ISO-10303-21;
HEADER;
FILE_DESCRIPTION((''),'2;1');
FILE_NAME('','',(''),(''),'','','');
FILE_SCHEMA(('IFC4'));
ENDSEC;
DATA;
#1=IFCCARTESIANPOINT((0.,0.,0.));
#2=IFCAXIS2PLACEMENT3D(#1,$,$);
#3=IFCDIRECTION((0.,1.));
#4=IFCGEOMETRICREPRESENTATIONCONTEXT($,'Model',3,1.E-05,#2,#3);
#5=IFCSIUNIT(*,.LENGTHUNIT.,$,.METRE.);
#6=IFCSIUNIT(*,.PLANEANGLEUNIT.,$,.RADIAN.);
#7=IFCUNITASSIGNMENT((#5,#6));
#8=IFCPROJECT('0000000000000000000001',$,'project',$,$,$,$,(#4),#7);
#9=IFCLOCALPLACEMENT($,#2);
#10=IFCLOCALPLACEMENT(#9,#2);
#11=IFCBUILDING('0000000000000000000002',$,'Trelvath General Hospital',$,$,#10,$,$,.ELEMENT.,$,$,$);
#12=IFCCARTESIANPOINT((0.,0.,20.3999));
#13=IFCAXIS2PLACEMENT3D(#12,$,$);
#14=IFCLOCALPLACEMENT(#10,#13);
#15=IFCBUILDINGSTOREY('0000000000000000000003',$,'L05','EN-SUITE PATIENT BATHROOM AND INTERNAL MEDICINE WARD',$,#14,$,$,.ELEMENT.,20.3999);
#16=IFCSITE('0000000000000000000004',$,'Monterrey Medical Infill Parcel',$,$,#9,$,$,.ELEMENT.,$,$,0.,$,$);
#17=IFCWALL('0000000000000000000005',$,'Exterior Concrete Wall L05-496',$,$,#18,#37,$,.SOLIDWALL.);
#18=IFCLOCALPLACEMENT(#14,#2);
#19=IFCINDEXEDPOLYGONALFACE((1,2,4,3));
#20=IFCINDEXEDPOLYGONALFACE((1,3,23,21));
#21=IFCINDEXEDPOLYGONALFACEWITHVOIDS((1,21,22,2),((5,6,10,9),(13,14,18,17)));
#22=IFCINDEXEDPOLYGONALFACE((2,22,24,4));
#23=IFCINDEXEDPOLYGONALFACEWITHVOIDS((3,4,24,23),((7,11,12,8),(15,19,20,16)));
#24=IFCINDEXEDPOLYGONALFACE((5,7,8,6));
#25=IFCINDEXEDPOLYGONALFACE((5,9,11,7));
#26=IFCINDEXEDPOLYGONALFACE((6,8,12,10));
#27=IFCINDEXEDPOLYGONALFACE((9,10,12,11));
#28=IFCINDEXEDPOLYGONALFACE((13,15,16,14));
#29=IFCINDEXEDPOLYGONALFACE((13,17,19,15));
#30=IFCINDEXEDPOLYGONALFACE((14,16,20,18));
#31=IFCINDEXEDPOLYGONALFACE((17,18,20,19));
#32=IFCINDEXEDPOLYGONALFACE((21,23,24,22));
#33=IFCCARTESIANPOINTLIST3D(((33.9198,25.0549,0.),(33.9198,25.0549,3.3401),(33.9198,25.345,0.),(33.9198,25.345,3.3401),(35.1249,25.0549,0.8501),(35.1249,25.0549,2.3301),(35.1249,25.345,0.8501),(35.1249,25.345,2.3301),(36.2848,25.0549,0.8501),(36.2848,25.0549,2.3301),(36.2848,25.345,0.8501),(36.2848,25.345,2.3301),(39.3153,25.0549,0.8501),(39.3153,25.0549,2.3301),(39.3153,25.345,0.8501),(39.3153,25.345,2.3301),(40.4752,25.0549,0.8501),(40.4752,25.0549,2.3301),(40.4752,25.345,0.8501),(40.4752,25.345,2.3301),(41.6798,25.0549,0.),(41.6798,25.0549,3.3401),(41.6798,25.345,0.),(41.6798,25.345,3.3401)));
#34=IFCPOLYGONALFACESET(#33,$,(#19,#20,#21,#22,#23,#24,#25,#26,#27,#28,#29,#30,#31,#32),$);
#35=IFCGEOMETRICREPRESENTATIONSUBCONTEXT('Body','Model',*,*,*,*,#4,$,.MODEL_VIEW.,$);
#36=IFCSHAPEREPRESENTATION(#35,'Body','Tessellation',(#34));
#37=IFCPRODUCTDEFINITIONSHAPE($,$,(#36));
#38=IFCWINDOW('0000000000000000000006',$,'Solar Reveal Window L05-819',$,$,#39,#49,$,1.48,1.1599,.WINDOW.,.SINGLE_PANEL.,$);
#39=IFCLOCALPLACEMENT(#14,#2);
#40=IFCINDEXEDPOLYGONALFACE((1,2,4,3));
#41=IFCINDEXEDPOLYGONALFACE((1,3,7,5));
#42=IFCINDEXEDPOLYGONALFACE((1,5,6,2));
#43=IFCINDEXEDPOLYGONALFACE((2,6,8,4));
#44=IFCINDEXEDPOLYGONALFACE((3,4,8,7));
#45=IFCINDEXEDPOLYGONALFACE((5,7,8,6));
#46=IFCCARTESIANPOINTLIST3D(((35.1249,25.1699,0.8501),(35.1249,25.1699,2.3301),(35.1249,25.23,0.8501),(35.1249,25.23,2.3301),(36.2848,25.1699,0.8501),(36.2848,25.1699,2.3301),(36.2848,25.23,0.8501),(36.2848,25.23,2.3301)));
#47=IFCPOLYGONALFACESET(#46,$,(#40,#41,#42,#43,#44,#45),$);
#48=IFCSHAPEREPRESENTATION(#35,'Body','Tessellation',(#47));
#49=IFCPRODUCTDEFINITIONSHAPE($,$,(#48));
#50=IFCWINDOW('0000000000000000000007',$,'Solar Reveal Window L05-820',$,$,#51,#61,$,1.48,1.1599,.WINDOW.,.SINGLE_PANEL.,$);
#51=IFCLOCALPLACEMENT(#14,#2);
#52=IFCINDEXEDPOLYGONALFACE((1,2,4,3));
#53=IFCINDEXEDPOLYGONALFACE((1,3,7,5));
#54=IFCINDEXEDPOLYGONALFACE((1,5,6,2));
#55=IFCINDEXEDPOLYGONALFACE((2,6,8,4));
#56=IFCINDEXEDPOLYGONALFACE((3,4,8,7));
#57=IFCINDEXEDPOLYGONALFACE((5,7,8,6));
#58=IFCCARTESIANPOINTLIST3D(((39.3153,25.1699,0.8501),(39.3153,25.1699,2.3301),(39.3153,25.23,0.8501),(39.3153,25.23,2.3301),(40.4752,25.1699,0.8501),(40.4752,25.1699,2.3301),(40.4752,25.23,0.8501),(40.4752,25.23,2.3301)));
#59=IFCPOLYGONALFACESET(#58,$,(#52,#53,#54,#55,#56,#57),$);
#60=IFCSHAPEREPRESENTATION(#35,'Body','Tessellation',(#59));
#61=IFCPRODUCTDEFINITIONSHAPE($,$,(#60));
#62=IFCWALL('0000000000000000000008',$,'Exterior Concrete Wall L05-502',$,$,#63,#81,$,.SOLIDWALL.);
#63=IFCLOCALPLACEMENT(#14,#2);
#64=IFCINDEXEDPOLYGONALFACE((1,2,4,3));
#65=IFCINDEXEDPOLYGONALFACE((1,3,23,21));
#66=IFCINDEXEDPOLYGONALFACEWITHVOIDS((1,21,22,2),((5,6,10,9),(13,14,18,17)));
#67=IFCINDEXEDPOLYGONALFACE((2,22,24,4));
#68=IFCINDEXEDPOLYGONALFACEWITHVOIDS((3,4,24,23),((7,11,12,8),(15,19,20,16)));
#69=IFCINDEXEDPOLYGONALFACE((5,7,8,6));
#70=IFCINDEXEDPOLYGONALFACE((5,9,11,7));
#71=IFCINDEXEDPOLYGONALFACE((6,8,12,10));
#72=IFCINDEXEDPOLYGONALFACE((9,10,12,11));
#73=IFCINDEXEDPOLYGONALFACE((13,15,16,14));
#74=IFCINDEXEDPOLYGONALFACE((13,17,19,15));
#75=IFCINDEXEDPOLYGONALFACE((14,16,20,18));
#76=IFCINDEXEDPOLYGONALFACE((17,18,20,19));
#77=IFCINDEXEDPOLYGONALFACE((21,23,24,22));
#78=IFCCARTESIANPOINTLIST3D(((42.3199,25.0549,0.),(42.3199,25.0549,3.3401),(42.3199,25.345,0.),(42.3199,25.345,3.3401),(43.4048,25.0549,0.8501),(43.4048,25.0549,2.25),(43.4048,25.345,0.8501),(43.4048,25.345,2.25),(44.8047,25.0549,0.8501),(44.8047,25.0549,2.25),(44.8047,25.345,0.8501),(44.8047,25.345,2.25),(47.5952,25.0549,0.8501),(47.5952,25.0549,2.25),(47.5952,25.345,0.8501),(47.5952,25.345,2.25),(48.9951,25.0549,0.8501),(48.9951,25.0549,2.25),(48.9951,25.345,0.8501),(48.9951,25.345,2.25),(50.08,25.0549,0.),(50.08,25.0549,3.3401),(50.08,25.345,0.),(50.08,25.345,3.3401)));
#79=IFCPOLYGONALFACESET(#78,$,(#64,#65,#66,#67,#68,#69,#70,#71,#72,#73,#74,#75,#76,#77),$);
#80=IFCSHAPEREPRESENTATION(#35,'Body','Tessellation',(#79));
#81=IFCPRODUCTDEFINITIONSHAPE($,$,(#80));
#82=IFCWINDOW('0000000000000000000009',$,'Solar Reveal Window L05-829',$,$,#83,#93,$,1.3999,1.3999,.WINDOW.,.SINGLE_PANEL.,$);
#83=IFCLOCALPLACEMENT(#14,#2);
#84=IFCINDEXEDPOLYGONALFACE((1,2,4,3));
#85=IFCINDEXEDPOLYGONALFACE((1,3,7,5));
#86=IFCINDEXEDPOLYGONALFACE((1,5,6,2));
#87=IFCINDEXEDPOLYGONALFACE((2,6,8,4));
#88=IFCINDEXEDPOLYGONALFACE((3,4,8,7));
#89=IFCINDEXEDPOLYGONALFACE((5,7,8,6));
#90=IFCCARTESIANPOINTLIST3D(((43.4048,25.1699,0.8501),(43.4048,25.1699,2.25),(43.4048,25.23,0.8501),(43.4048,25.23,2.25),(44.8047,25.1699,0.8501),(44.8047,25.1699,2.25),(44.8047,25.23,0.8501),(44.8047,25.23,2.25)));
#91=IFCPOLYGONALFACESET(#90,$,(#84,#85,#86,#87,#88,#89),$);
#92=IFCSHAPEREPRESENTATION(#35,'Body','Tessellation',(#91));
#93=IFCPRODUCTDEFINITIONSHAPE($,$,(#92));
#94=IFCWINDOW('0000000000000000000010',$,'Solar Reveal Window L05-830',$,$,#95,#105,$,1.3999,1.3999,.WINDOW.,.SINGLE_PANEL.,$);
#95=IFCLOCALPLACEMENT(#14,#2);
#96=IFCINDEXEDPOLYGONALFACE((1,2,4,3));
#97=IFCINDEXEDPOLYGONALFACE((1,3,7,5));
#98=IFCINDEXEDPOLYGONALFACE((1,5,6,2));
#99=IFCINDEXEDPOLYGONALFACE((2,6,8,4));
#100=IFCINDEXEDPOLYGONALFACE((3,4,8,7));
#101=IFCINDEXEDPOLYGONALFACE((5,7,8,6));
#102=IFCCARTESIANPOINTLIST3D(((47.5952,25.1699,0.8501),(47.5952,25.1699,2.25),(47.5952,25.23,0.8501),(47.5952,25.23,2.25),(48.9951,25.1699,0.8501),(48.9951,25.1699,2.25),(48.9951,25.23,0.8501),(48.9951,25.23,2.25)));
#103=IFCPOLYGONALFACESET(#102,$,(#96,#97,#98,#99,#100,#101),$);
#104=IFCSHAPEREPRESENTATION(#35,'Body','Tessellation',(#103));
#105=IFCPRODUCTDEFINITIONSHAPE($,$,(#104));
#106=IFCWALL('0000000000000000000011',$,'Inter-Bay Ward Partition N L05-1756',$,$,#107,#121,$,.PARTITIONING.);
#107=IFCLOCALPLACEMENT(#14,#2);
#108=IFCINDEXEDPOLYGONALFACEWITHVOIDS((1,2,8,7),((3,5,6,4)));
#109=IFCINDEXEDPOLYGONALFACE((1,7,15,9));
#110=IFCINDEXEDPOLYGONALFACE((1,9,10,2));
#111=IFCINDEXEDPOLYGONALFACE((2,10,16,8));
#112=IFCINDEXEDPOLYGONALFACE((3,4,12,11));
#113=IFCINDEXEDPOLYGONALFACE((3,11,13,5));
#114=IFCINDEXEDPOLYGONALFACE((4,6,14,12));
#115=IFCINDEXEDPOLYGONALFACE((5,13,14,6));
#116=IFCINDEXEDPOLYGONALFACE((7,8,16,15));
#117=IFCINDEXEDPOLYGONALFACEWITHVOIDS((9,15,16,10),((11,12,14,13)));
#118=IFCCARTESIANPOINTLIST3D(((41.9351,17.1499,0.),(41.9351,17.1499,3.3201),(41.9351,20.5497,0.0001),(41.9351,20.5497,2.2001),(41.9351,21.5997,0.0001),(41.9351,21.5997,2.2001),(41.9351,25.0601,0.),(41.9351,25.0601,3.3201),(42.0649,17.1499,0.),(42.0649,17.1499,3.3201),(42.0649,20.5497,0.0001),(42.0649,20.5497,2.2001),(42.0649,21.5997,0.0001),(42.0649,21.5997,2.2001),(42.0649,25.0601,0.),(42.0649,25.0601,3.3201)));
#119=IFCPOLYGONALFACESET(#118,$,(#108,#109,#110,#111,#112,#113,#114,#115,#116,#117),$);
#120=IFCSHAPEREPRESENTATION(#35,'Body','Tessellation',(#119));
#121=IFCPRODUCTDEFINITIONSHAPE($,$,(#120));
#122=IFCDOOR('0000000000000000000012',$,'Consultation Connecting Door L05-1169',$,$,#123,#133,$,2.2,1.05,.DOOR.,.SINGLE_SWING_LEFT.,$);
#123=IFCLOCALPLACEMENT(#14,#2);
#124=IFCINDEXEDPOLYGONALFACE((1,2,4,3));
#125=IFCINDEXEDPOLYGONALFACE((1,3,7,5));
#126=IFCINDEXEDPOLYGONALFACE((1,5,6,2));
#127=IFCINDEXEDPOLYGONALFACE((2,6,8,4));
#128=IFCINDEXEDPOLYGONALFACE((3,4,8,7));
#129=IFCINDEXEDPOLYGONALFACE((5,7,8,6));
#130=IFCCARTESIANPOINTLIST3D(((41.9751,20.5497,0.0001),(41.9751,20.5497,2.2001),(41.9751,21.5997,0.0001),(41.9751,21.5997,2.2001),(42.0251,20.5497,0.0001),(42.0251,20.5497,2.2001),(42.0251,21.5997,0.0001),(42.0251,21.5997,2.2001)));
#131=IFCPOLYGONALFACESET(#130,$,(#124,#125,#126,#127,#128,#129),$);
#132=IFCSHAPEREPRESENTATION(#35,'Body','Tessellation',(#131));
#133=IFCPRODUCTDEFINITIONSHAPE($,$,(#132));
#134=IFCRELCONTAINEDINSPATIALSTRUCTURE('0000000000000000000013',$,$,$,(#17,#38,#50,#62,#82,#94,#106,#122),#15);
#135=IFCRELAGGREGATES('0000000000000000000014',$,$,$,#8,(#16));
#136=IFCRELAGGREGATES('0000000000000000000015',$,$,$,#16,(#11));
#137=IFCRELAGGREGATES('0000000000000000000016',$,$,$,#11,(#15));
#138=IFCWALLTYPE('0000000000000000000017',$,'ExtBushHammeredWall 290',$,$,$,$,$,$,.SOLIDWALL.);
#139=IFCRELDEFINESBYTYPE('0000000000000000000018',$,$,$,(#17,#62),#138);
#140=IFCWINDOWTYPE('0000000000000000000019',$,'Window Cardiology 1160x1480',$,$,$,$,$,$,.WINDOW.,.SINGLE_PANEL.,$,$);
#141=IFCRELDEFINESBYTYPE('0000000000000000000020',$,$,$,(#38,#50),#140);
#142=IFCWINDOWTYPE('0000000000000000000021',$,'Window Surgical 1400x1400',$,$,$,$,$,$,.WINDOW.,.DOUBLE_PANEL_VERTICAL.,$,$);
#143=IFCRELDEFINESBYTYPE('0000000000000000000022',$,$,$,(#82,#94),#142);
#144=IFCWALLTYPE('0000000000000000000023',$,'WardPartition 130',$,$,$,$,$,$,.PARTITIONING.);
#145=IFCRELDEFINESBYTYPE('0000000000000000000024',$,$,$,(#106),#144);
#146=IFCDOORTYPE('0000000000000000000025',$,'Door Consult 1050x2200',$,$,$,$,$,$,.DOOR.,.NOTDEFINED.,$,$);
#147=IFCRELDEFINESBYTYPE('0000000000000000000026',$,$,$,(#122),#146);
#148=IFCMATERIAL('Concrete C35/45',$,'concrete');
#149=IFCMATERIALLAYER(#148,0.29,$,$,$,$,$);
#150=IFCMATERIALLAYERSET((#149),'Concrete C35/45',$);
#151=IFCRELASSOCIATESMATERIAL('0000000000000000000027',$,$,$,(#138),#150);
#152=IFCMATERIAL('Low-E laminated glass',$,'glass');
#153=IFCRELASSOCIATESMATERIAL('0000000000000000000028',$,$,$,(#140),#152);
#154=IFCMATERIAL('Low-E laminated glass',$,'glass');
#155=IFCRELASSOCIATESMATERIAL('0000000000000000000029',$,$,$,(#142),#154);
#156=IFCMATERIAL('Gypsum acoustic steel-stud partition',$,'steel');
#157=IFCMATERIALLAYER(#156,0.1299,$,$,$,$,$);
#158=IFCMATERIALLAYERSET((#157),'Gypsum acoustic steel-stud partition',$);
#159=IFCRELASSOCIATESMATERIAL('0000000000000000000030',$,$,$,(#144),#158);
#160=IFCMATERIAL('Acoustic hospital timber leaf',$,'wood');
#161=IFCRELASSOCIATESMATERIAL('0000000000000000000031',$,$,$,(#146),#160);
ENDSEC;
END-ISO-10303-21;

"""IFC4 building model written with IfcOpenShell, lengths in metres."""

from ifc_helpers import new_model, si_unit, direction, frame, frame_2d, origin, place, context, subcontext, project, spatial, rectangle, extrude, material, layer, layer_set, type_object, element, fill, save


model = new_model("IFC4")

# Units and contexts
model_context = context("Model", 3, precision=1e-05, world=origin(), true_north=direction((0.0, 1.0)))
body_context = subcontext(model_context, "Body", "Model", "MODEL_VIEW")
ifc_project = project(units=[si_unit("LENGTHUNIT", "METRE"), si_unit("PLANEANGLEUNIT", "RADIAN")], contexts=[model_context])

# Site, building, storey
site_placement = place(None, origin())
site = spatial("IfcSite", under=ifc_project, at=site_placement, Name="Monterrey Medical Infill Parcel", CompositionType="ELEMENT", RefElevation=0.0)
building_placement = place(site_placement, origin())
building = spatial("IfcBuilding", under=site, at=building_placement, Name="Trelvath General Hospital", CompositionType="ELEMENT")
storey_placement = place(building_placement, frame((0.0, 0.0, 20.3999)))
storey = spatial("IfcBuildingStorey", under=building, at=storey_placement, Name="L05", Description="EN-SUITE PATIENT BATHROOM AND INTERNAL MEDICINE WARD", CompositionType="ELEMENT", Elevation=20.3999)

# Walls, openings, windows
ifc_material_1 = material(Name="Concrete C35/45", Category="concrete")
ifc_layer_1 = layer(ifc_material_1, 0.29)
ifc_layer_set_1 = layer_set([ifc_layer_1], Name="Concrete C35/45")
wall_type_1 = type_object("IfcWallType", Name="ExtBushHammeredWall 290", PredefinedType="SOLIDWALL", material=ifc_layer_set_1)
wall_1_placement = place(storey_placement, frame((33.9199, 25.2, 0.0), z_axis=(0.0, 0.0, 1.0), x_axis=(1.0, 0.0, 0.0)))
wall_1 = element("IfcWall", 1, at=wall_1_placement, inside=storey, type_object=wall_type_1, Name="Exterior Concrete Wall L05-496", PredefinedType="SOLIDWALL", context=body_context, shape_type="SweptSolid", body=[
    extrude(rectangle(XDim=7.76, YDim=0.29, at=frame_2d((3.8799, 0.0))), origin(), (0.0, 0.0, 1.0), 3.3401),
])
opening_1_placement = place(wall_1_placement, frame((1.2048, 0.0, 0.8501)))
opening_1 = element("IfcOpeningElement", 2, at=opening_1_placement, cuts=wall_1, PredefinedType="OPENING", context=body_context, shape_type="SweptSolid", body=[
    extrude(rectangle(XDim=1.1599, YDim=1.48, at=frame_2d((0.5801, 0.74))), frame((0.0, 0.155, 0.0), z_axis=(0.0, -1.0, 0.0), x_axis=(1.0, 0.0, 0.0)), (0.0, 0.0, 1.0), 0.3101),
])
opening_2_placement = place(wall_1_placement, frame((5.3953, 0.0, 0.8501)))
opening_2 = element("IfcOpeningElement", 3, at=opening_2_placement, cuts=wall_1, PredefinedType="OPENING", context=body_context, shape_type="SweptSolid", body=[
    extrude(rectangle(XDim=1.1599, YDim=1.48, at=frame_2d((0.5801, 0.74))), frame((0.0, 0.155, 0.0), z_axis=(0.0, -1.0, 0.0), x_axis=(1.0, 0.0, 0.0)), (0.0, 0.0, 1.0), 0.3101),
])
ifc_material_2 = material(Name="Low-E laminated glass", Category="glass")
window_type_1 = type_object("IfcWindowType", Name="Window Cardiology 1160x1480", PartitioningType="SINGLE_PANEL", PredefinedType="WINDOW", material=ifc_material_2)
window_1_placement = place(opening_1_placement, origin())
window_1 = element("IfcWindow", 4, at=window_1_placement, inside=storey, type_object=window_type_1, Name="Solar Reveal Window L05-819", OverallHeight=1.48, OverallWidth=1.1599, PartitioningType="SINGLE_PANEL", PredefinedType="WINDOW", context=body_context, shape_type="SweptSolid", body=[
    extrude(rectangle(XDim=1.1599, YDim=1.48, at=frame_2d((0.5801, 0.74))), frame((0.0, 0.03, 0.0), z_axis=(0.0, -1.0, 0.0), x_axis=(1.0, 0.0, 0.0)), (0.0, 0.0, 1.0), 0.0601),
])
fill(opening_1, window_1)
window_2_placement = place(opening_2_placement, origin())
window_2 = element("IfcWindow", 5, at=window_2_placement, inside=storey, type_object=window_type_1, Name="Solar Reveal Window L05-820", OverallHeight=1.48, OverallWidth=1.1599, PartitioningType="SINGLE_PANEL", PredefinedType="WINDOW", context=body_context, shape_type="SweptSolid", body=[
    extrude(rectangle(XDim=1.1599, YDim=1.48, at=frame_2d((0.5801, 0.74))), frame((0.0, 0.03, 0.0), z_axis=(0.0, -1.0, 0.0), x_axis=(1.0, 0.0, 0.0)), (0.0, 0.0, 1.0), 0.0601),
])
fill(opening_2, window_2)
wall_2_placement = place(storey_placement, frame((42.3201, 25.2, 0.0), z_axis=(0.0, 0.0, 1.0), x_axis=(1.0, 0.0, 0.0)))
wall_2 = element("IfcWall", 6, at=wall_2_placement, inside=storey, type_object=wall_type_1, Name="Exterior Concrete Wall L05-502", PredefinedType="SOLIDWALL", context=body_context, shape_type="SweptSolid", body=[
    extrude(rectangle(XDim=7.76, YDim=0.29, at=frame_2d((3.8799, 0.0))), origin(), (0.0, 0.0, 1.0), 3.3401),
])
opening_3_placement = place(wall_2_placement, frame((1.0847, 0.0, 0.8501)))
opening_3 = element("IfcOpeningElement", 7, at=opening_3_placement, cuts=wall_2, PredefinedType="OPENING", context=body_context, shape_type="SweptSolid", body=[
    extrude(rectangle(XDim=1.3999, YDim=1.3999, at=frame_2d((0.7, 0.7))), frame((0.0, 0.155, 0.0), z_axis=(0.0, -1.0, 0.0), x_axis=(1.0, 0.0, 0.0)), (0.0, 0.0, 1.0), 0.3101),
])
opening_4_placement = place(wall_2_placement, frame((5.2751, 0.0, 0.8501)))
opening_4 = element("IfcOpeningElement", 8, at=opening_4_placement, cuts=wall_2, PredefinedType="OPENING", context=body_context, shape_type="SweptSolid", body=[
    extrude(rectangle(XDim=1.3999, YDim=1.3999, at=frame_2d((0.7, 0.7))), frame((0.0, 0.155, 0.0), z_axis=(0.0, -1.0, 0.0), x_axis=(1.0, 0.0, 0.0)), (0.0, 0.0, 1.0), 0.3101),
])
ifc_material_3 = material(Name="Low-E laminated glass", Category="glass")
window_type_2 = type_object("IfcWindowType", Name="Window Surgical 1400x1400", PartitioningType="DOUBLE_PANEL_VERTICAL", PredefinedType="WINDOW", material=ifc_material_3)
window_3_placement = place(opening_3_placement, origin())
window_3 = element("IfcWindow", 9, at=window_3_placement, inside=storey, type_object=window_type_2, Name="Solar Reveal Window L05-829", OverallHeight=1.3999, OverallWidth=1.3999, PartitioningType="SINGLE_PANEL", PredefinedType="WINDOW", context=body_context, shape_type="SweptSolid", body=[
    extrude(rectangle(XDim=1.3999, YDim=1.3999, at=frame_2d((0.7, 0.7))), frame((0.0, 0.03, 0.0), z_axis=(0.0, -1.0, 0.0), x_axis=(1.0, 0.0, 0.0)), (0.0, 0.0, 1.0), 0.0601),
])
fill(opening_3, window_3)
window_4_placement = place(opening_4_placement, origin())
window_4 = element("IfcWindow", 10, at=window_4_placement, inside=storey, type_object=window_type_2, Name="Solar Reveal Window L05-830", OverallHeight=1.3999, OverallWidth=1.3999, PartitioningType="SINGLE_PANEL", PredefinedType="WINDOW", context=body_context, shape_type="SweptSolid", body=[
    extrude(rectangle(XDim=1.3999, YDim=1.3999, at=frame_2d((0.7, 0.7))), frame((0.0, 0.03, 0.0), z_axis=(0.0, -1.0, 0.0), x_axis=(1.0, 0.0, 0.0)), (0.0, 0.0, 1.0), 0.0601),
])
fill(opening_4, window_4)

# Wall, opening, door
ifc_material_4 = material(Name="Gypsum acoustic steel-stud partition", Category="steel")
ifc_layer_2 = layer(ifc_material_4, 0.1299)
ifc_layer_set_2 = layer_set([ifc_layer_2], Name="Gypsum acoustic steel-stud partition")
wall_type_2 = type_object("IfcWallType", Name="WardPartition 130", PredefinedType="PARTITIONING", material=ifc_layer_set_2)
wall_3_placement = place(storey_placement, frame((42.0, 17.1499, 0.0), z_axis=(0.0, 0.0, 1.0), x_axis=(0.0, 1.0, 0.0)))
wall_3 = element("IfcWall", 11, at=wall_3_placement, inside=storey, type_object=wall_type_2, Name="Inter-Bay Ward Partition N L05-1756", PredefinedType="PARTITIONING", context=body_context, shape_type="SweptSolid", body=[
    extrude(rectangle(XDim=7.9102, YDim=0.1299, at=frame_2d((3.9551, 0.0))), origin(), (0.0, 0.0, 1.0), 3.3201),
])
opening_5_placement = place(wall_3_placement, frame((3.3999, 0.0, 0.0)))
opening_5 = element("IfcOpeningElement", 12, at=opening_5_placement, cuts=wall_3, PredefinedType="OPENING", context=body_context, shape_type="SweptSolid", body=[
    extrude(rectangle(XDim=1.05, YDim=2.2, at=frame_2d((0.5249, 1.1001))), frame((0.0, 0.075, 0.0), z_axis=(0.0, -1.0, 0.0), x_axis=(1.0, 0.0, 0.0)), (0.0, 0.0, 1.0), 0.1499),
])
ifc_material_5 = material(Name="Acoustic hospital timber leaf", Category="wood")
door_type = type_object("IfcDoorType", Name="Door Consult 1050x2200", OperationType="NOTDEFINED", PredefinedType="DOOR", material=ifc_material_5)
door_placement = place(opening_5_placement, origin())
door = element("IfcDoor", 13, at=door_placement, inside=storey, type_object=door_type, Name="Consultation Connecting Door L05-1169", OperationType="SINGLE_SWING_LEFT", OverallHeight=2.2, OverallWidth=1.05, PredefinedType="DOOR", context=body_context, shape_type="SweptSolid", body=[
    extrude(rectangle(XDim=1.05, YDim=2.2, at=frame_2d((0.5249, 1.1001))), frame((0.0, 0.0249, 0.0), z_axis=(0.0, -1.0, 0.0), x_axis=(1.0, 0.0, 0.0)), (0.0, 0.0, 1.0), 0.05),
])
fill(opening_5, door)

save(model, "model.ifc")
